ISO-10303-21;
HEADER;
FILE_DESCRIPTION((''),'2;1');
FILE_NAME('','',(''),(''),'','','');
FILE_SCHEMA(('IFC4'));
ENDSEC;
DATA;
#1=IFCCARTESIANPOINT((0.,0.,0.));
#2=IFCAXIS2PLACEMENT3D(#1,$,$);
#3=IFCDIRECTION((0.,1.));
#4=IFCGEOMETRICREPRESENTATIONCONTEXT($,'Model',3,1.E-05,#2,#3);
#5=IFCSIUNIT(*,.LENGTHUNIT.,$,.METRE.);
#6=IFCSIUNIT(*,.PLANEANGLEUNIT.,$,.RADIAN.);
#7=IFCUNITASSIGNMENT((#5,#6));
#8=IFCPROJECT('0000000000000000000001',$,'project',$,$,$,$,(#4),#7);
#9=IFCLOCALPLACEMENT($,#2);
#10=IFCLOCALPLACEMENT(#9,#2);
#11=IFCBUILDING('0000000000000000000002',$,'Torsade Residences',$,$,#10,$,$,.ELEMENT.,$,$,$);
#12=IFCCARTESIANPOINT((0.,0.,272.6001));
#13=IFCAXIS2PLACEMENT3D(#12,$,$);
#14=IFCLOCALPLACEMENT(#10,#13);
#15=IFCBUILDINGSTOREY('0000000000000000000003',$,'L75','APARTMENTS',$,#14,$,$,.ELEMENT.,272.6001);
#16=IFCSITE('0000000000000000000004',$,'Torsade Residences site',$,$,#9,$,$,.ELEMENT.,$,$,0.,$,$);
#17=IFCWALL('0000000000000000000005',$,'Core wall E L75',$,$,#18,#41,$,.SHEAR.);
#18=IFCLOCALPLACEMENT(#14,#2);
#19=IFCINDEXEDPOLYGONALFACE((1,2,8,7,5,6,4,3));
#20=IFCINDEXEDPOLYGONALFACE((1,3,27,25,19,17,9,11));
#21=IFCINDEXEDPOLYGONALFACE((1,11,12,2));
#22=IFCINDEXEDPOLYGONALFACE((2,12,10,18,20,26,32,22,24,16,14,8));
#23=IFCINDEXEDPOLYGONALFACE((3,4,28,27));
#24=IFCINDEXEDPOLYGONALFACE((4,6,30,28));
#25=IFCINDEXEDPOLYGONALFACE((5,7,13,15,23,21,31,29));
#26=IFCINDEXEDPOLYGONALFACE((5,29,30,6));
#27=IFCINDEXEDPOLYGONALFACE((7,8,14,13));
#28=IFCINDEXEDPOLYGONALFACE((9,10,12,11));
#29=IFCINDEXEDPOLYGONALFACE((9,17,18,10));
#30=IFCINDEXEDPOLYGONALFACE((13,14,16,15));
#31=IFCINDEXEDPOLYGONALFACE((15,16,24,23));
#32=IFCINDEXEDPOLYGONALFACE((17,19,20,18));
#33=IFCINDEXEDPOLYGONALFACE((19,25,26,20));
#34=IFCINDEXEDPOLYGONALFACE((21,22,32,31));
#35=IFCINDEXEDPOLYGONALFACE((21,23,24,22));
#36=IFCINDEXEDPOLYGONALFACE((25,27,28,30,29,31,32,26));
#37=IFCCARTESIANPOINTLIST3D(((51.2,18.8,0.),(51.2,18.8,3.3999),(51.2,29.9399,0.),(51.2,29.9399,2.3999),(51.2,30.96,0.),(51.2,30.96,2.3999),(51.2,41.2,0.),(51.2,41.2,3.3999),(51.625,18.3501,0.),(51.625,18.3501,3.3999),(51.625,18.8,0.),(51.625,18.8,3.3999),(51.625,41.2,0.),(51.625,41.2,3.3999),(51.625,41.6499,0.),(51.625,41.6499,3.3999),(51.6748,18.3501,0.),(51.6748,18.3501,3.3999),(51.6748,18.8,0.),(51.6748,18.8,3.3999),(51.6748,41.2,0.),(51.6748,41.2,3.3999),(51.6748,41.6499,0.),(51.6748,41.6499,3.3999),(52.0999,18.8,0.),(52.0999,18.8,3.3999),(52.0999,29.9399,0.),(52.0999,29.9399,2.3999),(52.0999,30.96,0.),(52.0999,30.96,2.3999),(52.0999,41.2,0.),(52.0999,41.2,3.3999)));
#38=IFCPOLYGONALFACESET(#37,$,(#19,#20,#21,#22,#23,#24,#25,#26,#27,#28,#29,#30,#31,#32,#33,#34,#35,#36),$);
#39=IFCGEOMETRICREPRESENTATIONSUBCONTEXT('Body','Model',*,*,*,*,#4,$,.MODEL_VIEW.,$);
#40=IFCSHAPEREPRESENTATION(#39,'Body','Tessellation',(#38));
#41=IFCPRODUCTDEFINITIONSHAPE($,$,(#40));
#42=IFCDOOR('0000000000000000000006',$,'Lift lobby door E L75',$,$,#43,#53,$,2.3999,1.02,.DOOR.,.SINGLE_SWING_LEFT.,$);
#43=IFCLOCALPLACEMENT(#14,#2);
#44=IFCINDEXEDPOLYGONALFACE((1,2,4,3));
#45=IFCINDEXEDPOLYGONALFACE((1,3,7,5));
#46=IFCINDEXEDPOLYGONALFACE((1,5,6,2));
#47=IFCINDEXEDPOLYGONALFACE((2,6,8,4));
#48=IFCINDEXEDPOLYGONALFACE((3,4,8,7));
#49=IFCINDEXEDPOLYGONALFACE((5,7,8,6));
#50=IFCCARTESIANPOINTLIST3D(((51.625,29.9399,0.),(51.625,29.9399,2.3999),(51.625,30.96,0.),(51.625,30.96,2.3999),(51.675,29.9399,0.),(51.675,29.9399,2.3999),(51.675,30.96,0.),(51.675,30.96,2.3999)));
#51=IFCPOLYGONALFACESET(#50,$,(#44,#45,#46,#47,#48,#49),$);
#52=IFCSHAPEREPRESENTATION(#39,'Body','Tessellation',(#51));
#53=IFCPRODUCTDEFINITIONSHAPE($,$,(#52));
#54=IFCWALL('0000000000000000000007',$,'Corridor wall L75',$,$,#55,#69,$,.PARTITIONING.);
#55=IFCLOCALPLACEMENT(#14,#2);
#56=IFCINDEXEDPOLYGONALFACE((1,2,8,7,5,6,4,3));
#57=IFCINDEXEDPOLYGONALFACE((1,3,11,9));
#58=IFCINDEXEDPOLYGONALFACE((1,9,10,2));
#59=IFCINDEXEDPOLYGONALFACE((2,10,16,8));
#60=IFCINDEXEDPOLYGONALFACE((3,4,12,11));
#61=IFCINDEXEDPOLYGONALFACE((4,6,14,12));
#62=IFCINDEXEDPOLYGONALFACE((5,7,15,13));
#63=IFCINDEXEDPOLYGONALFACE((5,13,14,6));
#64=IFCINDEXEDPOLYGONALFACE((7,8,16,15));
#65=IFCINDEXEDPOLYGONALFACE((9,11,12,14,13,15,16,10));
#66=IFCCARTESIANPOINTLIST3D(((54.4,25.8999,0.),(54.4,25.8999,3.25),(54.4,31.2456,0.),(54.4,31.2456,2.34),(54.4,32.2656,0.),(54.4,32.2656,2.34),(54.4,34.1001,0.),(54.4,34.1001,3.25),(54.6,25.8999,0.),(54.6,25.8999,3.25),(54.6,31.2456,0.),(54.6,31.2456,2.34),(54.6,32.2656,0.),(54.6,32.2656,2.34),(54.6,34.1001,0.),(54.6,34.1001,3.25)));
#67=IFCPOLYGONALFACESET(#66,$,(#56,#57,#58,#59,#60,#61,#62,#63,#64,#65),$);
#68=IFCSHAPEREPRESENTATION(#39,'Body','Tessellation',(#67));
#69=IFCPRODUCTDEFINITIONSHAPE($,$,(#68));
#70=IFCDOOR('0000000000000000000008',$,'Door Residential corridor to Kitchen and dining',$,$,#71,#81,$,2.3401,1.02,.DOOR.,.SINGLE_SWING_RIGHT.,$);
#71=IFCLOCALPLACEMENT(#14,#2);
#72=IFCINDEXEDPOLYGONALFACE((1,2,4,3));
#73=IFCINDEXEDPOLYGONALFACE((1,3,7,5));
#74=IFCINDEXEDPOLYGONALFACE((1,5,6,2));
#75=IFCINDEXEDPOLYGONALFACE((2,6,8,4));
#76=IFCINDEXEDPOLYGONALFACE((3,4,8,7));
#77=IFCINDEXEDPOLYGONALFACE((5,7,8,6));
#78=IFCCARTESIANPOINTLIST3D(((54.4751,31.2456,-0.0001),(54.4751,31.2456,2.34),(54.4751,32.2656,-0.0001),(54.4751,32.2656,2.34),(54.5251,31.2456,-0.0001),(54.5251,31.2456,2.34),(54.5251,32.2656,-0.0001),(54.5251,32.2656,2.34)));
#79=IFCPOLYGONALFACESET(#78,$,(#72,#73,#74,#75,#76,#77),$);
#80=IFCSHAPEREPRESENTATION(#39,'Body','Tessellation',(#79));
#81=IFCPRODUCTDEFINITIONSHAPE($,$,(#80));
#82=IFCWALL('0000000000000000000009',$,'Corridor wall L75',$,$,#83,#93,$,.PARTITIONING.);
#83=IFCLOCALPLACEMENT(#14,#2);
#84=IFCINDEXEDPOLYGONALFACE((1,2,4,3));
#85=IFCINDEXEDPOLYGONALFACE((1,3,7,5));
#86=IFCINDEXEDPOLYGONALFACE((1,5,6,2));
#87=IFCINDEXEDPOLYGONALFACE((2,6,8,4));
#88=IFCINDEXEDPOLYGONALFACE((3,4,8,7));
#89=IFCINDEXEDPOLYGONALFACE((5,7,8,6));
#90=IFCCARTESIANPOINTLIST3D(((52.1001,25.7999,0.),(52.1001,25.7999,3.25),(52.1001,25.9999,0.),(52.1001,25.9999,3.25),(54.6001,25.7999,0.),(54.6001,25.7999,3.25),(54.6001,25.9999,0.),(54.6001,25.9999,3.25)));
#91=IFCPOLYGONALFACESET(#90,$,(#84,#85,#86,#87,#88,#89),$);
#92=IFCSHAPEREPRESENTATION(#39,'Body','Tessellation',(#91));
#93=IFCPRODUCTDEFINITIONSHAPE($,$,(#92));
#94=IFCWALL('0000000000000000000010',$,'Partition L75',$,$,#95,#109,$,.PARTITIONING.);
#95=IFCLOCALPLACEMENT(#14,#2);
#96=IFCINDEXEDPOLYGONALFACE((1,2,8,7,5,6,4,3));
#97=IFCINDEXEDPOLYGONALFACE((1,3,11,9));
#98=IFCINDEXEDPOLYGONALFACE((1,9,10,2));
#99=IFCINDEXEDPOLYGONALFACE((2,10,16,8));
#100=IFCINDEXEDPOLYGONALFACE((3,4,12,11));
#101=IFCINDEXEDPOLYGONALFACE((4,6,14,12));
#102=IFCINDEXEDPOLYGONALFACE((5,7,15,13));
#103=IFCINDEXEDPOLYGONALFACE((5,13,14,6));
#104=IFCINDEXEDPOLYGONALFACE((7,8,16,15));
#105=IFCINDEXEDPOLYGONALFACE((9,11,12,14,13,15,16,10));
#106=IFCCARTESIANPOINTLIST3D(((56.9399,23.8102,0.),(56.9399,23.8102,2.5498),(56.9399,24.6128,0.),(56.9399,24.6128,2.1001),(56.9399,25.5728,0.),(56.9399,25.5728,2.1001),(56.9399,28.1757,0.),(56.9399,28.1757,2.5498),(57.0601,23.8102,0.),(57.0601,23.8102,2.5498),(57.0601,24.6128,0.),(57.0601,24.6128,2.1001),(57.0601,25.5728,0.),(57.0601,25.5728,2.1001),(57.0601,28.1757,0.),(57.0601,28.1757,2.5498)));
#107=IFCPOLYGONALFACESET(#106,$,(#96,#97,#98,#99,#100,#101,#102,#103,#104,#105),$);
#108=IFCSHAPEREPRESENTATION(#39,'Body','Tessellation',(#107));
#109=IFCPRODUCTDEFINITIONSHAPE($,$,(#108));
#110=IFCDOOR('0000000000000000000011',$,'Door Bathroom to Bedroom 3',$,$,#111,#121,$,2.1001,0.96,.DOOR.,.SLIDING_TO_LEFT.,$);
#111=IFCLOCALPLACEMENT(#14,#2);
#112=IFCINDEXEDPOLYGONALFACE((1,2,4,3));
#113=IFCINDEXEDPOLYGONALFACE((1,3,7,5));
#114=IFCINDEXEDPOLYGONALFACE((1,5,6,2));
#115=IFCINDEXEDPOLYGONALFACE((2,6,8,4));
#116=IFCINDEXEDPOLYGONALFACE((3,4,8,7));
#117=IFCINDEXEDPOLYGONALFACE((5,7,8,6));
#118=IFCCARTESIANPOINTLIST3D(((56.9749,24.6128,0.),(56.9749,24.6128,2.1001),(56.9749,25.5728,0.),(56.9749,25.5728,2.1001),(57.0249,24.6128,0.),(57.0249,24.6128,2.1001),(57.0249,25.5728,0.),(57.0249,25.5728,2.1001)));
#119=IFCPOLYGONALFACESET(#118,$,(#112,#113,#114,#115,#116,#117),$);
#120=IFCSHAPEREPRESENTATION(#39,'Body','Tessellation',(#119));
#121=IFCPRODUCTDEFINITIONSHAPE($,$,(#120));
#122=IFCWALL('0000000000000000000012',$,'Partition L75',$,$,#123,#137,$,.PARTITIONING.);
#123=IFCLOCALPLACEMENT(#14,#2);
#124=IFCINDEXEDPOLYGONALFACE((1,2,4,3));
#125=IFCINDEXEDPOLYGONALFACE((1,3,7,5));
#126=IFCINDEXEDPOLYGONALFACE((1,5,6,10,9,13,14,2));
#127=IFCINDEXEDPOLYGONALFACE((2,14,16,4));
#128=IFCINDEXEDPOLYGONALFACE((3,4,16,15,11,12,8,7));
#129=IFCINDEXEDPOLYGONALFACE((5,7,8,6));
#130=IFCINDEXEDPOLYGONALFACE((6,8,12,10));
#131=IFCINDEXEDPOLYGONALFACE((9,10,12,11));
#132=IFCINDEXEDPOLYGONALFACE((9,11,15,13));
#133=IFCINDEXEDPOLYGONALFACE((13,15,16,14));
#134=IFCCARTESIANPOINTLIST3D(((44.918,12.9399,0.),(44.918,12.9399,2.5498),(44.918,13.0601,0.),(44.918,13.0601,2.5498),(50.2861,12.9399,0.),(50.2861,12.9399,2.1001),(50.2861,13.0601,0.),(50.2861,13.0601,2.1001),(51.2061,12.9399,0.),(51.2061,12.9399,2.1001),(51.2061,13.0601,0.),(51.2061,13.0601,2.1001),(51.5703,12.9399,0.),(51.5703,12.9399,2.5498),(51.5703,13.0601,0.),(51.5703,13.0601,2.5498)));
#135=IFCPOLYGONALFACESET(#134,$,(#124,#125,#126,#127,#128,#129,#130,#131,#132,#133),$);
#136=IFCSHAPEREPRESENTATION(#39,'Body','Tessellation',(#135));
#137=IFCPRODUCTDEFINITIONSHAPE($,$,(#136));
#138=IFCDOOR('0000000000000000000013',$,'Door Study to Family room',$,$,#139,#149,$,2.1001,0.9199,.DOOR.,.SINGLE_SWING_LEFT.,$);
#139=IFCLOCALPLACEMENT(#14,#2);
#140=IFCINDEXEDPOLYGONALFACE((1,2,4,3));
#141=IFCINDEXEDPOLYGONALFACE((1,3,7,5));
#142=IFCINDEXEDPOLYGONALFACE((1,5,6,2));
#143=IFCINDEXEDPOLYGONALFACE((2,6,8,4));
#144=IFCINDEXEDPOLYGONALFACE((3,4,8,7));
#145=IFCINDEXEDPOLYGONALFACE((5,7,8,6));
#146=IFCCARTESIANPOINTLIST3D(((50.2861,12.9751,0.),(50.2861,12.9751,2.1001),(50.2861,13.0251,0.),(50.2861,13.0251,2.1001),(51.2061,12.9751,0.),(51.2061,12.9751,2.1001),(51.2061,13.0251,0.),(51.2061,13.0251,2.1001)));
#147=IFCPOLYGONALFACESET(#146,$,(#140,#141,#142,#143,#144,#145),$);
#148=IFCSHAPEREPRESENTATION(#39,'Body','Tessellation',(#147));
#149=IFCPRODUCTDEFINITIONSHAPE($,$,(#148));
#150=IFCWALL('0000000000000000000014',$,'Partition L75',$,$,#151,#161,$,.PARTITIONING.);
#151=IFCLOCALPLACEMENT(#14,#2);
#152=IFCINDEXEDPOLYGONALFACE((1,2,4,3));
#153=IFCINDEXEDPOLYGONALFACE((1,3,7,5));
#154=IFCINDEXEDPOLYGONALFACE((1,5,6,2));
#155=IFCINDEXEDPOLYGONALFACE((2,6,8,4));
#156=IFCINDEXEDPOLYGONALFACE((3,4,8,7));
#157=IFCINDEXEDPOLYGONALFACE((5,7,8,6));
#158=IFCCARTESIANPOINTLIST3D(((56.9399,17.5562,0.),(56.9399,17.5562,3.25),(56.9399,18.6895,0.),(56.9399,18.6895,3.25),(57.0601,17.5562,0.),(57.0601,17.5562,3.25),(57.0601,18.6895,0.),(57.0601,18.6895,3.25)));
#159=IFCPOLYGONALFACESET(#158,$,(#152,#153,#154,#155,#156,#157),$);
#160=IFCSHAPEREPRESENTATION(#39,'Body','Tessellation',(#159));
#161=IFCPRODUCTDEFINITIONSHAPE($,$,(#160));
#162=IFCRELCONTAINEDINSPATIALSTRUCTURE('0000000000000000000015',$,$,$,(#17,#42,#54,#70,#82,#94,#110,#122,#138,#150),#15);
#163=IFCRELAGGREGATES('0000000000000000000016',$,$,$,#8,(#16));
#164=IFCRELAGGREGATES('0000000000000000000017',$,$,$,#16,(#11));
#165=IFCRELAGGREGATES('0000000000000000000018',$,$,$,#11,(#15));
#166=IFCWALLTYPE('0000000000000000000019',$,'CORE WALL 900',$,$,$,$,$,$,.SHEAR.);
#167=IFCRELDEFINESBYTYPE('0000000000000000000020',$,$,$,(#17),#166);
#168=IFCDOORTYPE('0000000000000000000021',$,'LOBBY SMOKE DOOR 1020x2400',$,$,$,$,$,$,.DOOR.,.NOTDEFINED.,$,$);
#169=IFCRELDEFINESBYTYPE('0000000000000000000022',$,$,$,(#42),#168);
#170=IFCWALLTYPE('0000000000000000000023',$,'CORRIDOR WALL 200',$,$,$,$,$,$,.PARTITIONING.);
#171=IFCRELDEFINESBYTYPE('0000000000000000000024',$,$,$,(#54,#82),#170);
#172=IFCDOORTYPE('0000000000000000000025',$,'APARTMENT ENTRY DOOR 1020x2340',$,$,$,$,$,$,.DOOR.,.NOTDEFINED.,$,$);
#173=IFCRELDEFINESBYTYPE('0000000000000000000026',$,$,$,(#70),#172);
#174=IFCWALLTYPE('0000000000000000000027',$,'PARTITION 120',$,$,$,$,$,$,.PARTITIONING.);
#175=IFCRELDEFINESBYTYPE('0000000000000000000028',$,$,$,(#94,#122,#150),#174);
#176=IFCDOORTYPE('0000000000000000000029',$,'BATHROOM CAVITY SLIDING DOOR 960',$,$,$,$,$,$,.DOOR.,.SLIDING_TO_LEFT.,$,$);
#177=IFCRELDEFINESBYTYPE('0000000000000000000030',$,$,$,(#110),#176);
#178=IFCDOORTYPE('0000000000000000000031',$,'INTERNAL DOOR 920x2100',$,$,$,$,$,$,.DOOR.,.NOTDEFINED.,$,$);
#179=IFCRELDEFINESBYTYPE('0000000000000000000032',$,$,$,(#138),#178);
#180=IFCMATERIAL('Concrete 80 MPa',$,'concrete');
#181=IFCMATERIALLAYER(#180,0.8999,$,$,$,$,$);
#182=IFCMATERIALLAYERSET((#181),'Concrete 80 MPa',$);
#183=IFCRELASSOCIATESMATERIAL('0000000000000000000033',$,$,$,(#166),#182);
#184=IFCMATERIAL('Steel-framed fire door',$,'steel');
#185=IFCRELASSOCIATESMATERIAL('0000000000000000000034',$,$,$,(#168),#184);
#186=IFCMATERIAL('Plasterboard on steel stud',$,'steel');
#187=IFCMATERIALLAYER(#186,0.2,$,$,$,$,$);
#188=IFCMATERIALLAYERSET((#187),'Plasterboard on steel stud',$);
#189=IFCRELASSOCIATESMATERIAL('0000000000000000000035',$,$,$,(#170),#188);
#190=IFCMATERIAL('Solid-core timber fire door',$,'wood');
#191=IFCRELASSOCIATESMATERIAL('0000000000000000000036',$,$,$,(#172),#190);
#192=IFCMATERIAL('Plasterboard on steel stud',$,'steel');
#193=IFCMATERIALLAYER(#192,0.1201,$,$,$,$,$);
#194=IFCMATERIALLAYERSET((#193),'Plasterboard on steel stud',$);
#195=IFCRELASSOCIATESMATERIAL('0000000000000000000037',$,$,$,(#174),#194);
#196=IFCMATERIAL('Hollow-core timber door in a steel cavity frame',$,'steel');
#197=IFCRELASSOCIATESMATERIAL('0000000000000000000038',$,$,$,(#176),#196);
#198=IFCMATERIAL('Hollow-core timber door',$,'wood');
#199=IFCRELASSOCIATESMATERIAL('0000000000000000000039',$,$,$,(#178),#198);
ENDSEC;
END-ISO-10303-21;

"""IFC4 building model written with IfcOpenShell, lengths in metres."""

from ifc_helpers import new_model, si_unit, direction, frame, frame_2d, origin, place, context, subcontext, project, spatial, polyline, rectangle, outline, extrude, material, layer, layer_set, type_object, element, fill, save


model = new_model("IFC4")

# Units and contexts
model_context = context("Model", 3, precision=1e-05, world=origin(), true_north=direction((0.0, 1.0)))
body_context = subcontext(model_context, "Body", "Model", "MODEL_VIEW")
ifc_project = project(units=[si_unit("LENGTHUNIT", "METRE"), si_unit("PLANEANGLEUNIT", "RADIAN")], contexts=[model_context])

# Site, building, storey
site_placement = place(None, origin())
site = spatial("IfcSite", under=ifc_project, at=site_placement, Name="Torsade Residences site", CompositionType="ELEMENT", RefElevation=0.0)
building_placement = place(site_placement, origin())
building = spatial("IfcBuilding", under=site, at=building_placement, Name="Torsade Residences", CompositionType="ELEMENT")
storey_placement = place(building_placement, frame((0.0, 0.0, 272.6001)))
storey = spatial("IfcBuildingStorey", under=building, at=storey_placement, Name="L75", Description="APARTMENTS", CompositionType="ELEMENT", Elevation=272.6001)

# Walls, openings, doors
ifc_material_1 = material(Name="Concrete 80 MPa", Category="concrete")
ifc_layer_1 = layer(ifc_material_1, 0.8999)
ifc_layer_set_1 = layer_set([ifc_layer_1], Name="Concrete 80 MPa")
wall_type_1 = type_object("IfcWallType", Name="CORE WALL 900", PredefinedType="SHEAR", material=ifc_layer_set_1)
wall_1_placement = place(storey_placement, frame((51.6499, 18.8, 0.0), z_axis=(0.0, 0.0, 1.0), x_axis=(0.0, 1.0, 0.0)))
wall_1 = element("IfcWall", 1, at=wall_1_placement, inside=storey, type_object=wall_type_1, Name="Core wall E L75", PredefinedType="SHEAR", context=body_context, shape_type="SweptSolid", body=[
    extrude(outline(polyline([(0.0, -0.45), (22.3999, -0.45), (22.3999, -0.0249), (22.8499, -0.0249), (22.8499, 0.0249), (22.3999, 0.0249), (22.3999, 0.45), (0.0, 0.45), (0.0, 0.0249), (-0.45, 0.0249), (-0.45, -0.0249), (0.0, -0.0249), (0.0, -0.45)])), origin(), (0.0, 0.0, 1.0), 3.3999),
])
opening_1_placement = place(wall_1_placement, frame((11.1399, 0.0, 0.0)))
opening_1 = element("IfcOpeningElement", 2, at=opening_1_placement, cuts=wall_1, PredefinedType="OPENING", context=body_context, shape_type="SweptSolid", body=[
    extrude(rectangle(XDim=1.02, YDim=2.3999, at=frame_2d((0.51, 1.2))), frame((0.0, 0.46, 0.0), z_axis=(0.0, -1.0, 0.0), x_axis=(1.0, 0.0, 0.0)), (0.0, 0.0, 1.0), 0.9199),
])
ifc_material_2 = material(Name="Steel-framed fire door", Category="steel")
door_type_1 = type_object("IfcDoorType", Name="LOBBY SMOKE DOOR 1020x2400", OperationType="NOTDEFINED", PredefinedType="DOOR", material=ifc_material_2)
door_1_placement = place(opening_1_placement, origin())
door_1 = element("IfcDoor", 3, at=door_1_placement, inside=storey, type_object=door_type_1, Name="Lift lobby door E L75", OperationType="SINGLE_SWING_LEFT", OverallHeight=2.3999, OverallWidth=1.02, PredefinedType="DOOR", context=body_context, shape_type="SweptSolid", body=[
    extrude(rectangle(XDim=1.02, YDim=2.3999, at=frame_2d((0.51, 1.2))), frame((0.0, 0.0249, 0.0), z_axis=(0.0, -1.0, 0.0), x_axis=(1.0, 0.0, 0.0)), (0.0, 0.0, 1.0), 0.05),
])
fill(opening_1, door_1)
ifc_material_3 = material(Name="Plasterboard on steel stud", Category="steel")
ifc_layer_2 = layer(ifc_material_3, 0.2)
ifc_layer_set_2 = layer_set([ifc_layer_2], Name="Plasterboard on steel stud")
wall_type_2 = type_object("IfcWallType", Name="CORRIDOR WALL 200", PredefinedType="PARTITIONING", material=ifc_layer_set_2)
wall_2_placement = place(storey_placement, frame((54.5, 25.8999, 0.0), z_axis=(0.0, 0.0, 1.0), x_axis=(0.0, 1.0, 0.0)))
wall_2 = element("IfcWall", 4, at=wall_2_placement, inside=storey, type_object=wall_type_2, Name="Corridor wall L75", PredefinedType="PARTITIONING", context=body_context, shape_type="SweptSolid", body=[
    extrude(rectangle(XDim=8.2002, YDim=0.2, at=frame_2d((4.1001, 0.0))), origin(), (0.0, 0.0, 1.0), 3.25),
])
opening_2_placement = place(wall_2_placement, frame((5.3457, 0.0, 0.0)))
opening_2 = element("IfcOpeningElement", 5, at=opening_2_placement, cuts=wall_2, PredefinedType="OPENING", context=body_context, shape_type="SweptSolid", body=[
    extrude(rectangle(XDim=1.02, YDim=2.3401, at=frame_2d((0.51, 1.1699))), frame((0.0, 0.1099, 0.0), z_axis=(0.0, -1.0, 0.0), x_axis=(1.0, 0.0, 0.0)), (0.0, 0.0, 1.0), 0.22),
])
ifc_material_4 = material(Name="Solid-core timber fire door", Category="wood")
door_type_2 = type_object("IfcDoorType", Name="APARTMENT ENTRY DOOR 1020x2340", OperationType="NOTDEFINED", PredefinedType="DOOR", material=ifc_material_4)
door_2_placement = place(opening_2_placement, origin())
door_2 = element("IfcDoor", 6, at=door_2_placement, inside=storey, type_object=door_type_2, Name="Door Residential corridor to Kitchen and dining", OperationType="SINGLE_SWING_RIGHT", OverallHeight=2.3401, OverallWidth=1.02, PredefinedType="DOOR", context=body_context, shape_type="SweptSolid", body=[
    extrude(rectangle(XDim=1.02, YDim=2.3401, at=frame_2d((0.51, 1.1699))), frame((0.0, 0.0249, 0.0), z_axis=(0.0, -1.0, 0.0), x_axis=(1.0, 0.0, 0.0)), (0.0, 0.0, 1.0), 0.05),
])
fill(opening_2, door_2)

# Wall
wall_3_placement = place(storey_placement, frame((52.1001, 25.8999, 0.0), z_axis=(0.0, 0.0, 1.0), x_axis=(1.0, 0.0, 0.0)))
element("IfcWall", 7, at=wall_3_placement, inside=storey, type_object=wall_type_2, Name="Corridor wall L75", PredefinedType="PARTITIONING", context=body_context, shape_type="SweptSolid", body=[
    extrude(rectangle(XDim=2.5, YDim=0.2, at=frame_2d((1.25, 0.0))), origin(), (0.0, 0.0, 1.0), 3.25),
])

# Walls, openings, doors
ifc_material_5 = material(Name="Plasterboard on steel stud", Category="steel")
ifc_layer_3 = layer(ifc_material_5, 0.1201)
ifc_layer_set_3 = layer_set([ifc_layer_3], Name="Plasterboard on steel stud")
wall_type_3 = type_object("IfcWallType", Name="PARTITION 120", PredefinedType="PARTITIONING", material=ifc_layer_set_3)
wall_4_placement = place(storey_placement, frame((57.0, 28.1755, 0.0), z_axis=(0.0, 0.0, 1.0), x_axis=(0.0, -1.0, 0.0)))
wall_4 = element("IfcWall", 8, at=wall_4_placement, inside=storey, type_object=wall_type_3, Name="Partition L75", PredefinedType="PARTITIONING", context=body_context, shape_type="SweptSolid", body=[
    extrude(rectangle(XDim=4.3655, YDim=0.1201, at=frame_2d((2.1826, 0.0))), origin(), (0.0, 0.0, 1.0), 2.5498),
])
opening_3_placement = place(wall_4_placement, frame((2.6028, 0.0, 0.0)))
opening_3 = element("IfcOpeningElement", 9, at=opening_3_placement, cuts=wall_4, PredefinedType="OPENING", context=body_context, shape_type="SweptSolid", body=[
    extrude(rectangle(XDim=0.96, YDim=2.1001, at=frame_2d((0.48, 1.05))), frame((0.0, 0.0701, 0.0), z_axis=(0.0, -1.0, 0.0), x_axis=(1.0, 0.0, 0.0)), (0.0, 0.0, 1.0), 0.1401),
])
ifc_material_6 = material(Name="Hollow-core timber door in a steel cavity frame", Category="steel")
door_type_3 = type_object("IfcDoorType", Name="BATHROOM CAVITY SLIDING DOOR 960", OperationType="SLIDING_TO_LEFT", PredefinedType="DOOR", material=ifc_material_6)
door_3_placement = place(opening_3_placement, origin())
door_3 = element("IfcDoor", 10, at=door_3_placement, inside=storey, type_object=door_type_3, Name="Door Bathroom to Bedroom 3", OperationType="SLIDING_TO_LEFT", OverallHeight=2.1001, OverallWidth=0.96, PredefinedType="DOOR", context=body_context, shape_type="SweptSolid", body=[
    extrude(rectangle(XDim=0.96, YDim=2.1001, at=frame_2d((0.48, 1.05))), frame((0.0, 0.0249, 0.0), z_axis=(0.0, -1.0, 0.0), x_axis=(1.0, 0.0, 0.0)), (0.0, 0.0, 1.0), 0.05),
])
fill(opening_3, door_3)
wall_5_placement = place(storey_placement, frame((51.5703, 13.0, 0.0), z_axis=(0.0, 0.0, 1.0), x_axis=(-1.0, 0.0, 0.0)))
wall_5 = element("IfcWall", 11, at=wall_5_placement, inside=storey, type_object=wall_type_3, Name="Partition L75", PredefinedType="PARTITIONING", context=body_context, shape_type="SweptSolid", body=[
    extrude(rectangle(XDim=6.6523, YDim=0.1201, at=frame_2d((3.3262, 0.0))), origin(), (0.0, 0.0, 1.0), 2.5498),
])
opening_4_placement = place(wall_5_placement, frame((0.3643, 0.0, 0.0)))
opening_4 = element("IfcOpeningElement", 12, at=opening_4_placement, cuts=wall_5, PredefinedType="OPENING", context=body_context, shape_type="SweptSolid", body=[
    extrude(rectangle(XDim=0.9199, YDim=2.1001, at=frame_2d((0.46, 1.05))), frame((0.0, 0.0701, 0.0), z_axis=(0.0, -1.0, 0.0), x_axis=(1.0, 0.0, 0.0)), (0.0, 0.0, 1.0), 0.1401),
])
ifc_material_7 = material(Name="Hollow-core timber door", Category="wood")
door_type_4 = type_object("IfcDoorType", Name="INTERNAL DOOR 920x2100", OperationType="NOTDEFINED", PredefinedType="DOOR", material=ifc_material_7)
door_4_placement = place(opening_4_placement, origin())
door_4 = element("IfcDoor", 13, at=door_4_placement, inside=storey, type_object=door_type_4, Name="Door Study to Family room", OperationType="SINGLE_SWING_LEFT", OverallHeight=2.1001, OverallWidth=0.9199, PredefinedType="DOOR", context=body_context, shape_type="SweptSolid", body=[
    extrude(rectangle(XDim=0.9199, YDim=2.1001, at=frame_2d((0.46, 1.05))), frame((0.0, 0.0249, 0.0), z_axis=(0.0, -1.0, 0.0), x_axis=(1.0, 0.0, 0.0)), (0.0, 0.0, 1.0), 0.05),
])
fill(opening_4, door_4)

# Wall
wall_6_placement = place(storey_placement, frame((57.0, 18.6895, 0.0), z_axis=(0.0, 0.0, 1.0), x_axis=(0.0, -1.0, 0.0)))
element("IfcWall", 14, at=wall_6_placement, inside=storey, type_object=wall_type_3, Name="Partition L75", PredefinedType="PARTITIONING", context=body_context, shape_type="SweptSolid", body=[
    extrude(rectangle(XDim=1.1333, YDim=0.1201, at=frame_2d((0.5667, 0.0))), origin(), (0.0, 0.0, 1.0), 3.25),
])

save(model, "model.ifc")
